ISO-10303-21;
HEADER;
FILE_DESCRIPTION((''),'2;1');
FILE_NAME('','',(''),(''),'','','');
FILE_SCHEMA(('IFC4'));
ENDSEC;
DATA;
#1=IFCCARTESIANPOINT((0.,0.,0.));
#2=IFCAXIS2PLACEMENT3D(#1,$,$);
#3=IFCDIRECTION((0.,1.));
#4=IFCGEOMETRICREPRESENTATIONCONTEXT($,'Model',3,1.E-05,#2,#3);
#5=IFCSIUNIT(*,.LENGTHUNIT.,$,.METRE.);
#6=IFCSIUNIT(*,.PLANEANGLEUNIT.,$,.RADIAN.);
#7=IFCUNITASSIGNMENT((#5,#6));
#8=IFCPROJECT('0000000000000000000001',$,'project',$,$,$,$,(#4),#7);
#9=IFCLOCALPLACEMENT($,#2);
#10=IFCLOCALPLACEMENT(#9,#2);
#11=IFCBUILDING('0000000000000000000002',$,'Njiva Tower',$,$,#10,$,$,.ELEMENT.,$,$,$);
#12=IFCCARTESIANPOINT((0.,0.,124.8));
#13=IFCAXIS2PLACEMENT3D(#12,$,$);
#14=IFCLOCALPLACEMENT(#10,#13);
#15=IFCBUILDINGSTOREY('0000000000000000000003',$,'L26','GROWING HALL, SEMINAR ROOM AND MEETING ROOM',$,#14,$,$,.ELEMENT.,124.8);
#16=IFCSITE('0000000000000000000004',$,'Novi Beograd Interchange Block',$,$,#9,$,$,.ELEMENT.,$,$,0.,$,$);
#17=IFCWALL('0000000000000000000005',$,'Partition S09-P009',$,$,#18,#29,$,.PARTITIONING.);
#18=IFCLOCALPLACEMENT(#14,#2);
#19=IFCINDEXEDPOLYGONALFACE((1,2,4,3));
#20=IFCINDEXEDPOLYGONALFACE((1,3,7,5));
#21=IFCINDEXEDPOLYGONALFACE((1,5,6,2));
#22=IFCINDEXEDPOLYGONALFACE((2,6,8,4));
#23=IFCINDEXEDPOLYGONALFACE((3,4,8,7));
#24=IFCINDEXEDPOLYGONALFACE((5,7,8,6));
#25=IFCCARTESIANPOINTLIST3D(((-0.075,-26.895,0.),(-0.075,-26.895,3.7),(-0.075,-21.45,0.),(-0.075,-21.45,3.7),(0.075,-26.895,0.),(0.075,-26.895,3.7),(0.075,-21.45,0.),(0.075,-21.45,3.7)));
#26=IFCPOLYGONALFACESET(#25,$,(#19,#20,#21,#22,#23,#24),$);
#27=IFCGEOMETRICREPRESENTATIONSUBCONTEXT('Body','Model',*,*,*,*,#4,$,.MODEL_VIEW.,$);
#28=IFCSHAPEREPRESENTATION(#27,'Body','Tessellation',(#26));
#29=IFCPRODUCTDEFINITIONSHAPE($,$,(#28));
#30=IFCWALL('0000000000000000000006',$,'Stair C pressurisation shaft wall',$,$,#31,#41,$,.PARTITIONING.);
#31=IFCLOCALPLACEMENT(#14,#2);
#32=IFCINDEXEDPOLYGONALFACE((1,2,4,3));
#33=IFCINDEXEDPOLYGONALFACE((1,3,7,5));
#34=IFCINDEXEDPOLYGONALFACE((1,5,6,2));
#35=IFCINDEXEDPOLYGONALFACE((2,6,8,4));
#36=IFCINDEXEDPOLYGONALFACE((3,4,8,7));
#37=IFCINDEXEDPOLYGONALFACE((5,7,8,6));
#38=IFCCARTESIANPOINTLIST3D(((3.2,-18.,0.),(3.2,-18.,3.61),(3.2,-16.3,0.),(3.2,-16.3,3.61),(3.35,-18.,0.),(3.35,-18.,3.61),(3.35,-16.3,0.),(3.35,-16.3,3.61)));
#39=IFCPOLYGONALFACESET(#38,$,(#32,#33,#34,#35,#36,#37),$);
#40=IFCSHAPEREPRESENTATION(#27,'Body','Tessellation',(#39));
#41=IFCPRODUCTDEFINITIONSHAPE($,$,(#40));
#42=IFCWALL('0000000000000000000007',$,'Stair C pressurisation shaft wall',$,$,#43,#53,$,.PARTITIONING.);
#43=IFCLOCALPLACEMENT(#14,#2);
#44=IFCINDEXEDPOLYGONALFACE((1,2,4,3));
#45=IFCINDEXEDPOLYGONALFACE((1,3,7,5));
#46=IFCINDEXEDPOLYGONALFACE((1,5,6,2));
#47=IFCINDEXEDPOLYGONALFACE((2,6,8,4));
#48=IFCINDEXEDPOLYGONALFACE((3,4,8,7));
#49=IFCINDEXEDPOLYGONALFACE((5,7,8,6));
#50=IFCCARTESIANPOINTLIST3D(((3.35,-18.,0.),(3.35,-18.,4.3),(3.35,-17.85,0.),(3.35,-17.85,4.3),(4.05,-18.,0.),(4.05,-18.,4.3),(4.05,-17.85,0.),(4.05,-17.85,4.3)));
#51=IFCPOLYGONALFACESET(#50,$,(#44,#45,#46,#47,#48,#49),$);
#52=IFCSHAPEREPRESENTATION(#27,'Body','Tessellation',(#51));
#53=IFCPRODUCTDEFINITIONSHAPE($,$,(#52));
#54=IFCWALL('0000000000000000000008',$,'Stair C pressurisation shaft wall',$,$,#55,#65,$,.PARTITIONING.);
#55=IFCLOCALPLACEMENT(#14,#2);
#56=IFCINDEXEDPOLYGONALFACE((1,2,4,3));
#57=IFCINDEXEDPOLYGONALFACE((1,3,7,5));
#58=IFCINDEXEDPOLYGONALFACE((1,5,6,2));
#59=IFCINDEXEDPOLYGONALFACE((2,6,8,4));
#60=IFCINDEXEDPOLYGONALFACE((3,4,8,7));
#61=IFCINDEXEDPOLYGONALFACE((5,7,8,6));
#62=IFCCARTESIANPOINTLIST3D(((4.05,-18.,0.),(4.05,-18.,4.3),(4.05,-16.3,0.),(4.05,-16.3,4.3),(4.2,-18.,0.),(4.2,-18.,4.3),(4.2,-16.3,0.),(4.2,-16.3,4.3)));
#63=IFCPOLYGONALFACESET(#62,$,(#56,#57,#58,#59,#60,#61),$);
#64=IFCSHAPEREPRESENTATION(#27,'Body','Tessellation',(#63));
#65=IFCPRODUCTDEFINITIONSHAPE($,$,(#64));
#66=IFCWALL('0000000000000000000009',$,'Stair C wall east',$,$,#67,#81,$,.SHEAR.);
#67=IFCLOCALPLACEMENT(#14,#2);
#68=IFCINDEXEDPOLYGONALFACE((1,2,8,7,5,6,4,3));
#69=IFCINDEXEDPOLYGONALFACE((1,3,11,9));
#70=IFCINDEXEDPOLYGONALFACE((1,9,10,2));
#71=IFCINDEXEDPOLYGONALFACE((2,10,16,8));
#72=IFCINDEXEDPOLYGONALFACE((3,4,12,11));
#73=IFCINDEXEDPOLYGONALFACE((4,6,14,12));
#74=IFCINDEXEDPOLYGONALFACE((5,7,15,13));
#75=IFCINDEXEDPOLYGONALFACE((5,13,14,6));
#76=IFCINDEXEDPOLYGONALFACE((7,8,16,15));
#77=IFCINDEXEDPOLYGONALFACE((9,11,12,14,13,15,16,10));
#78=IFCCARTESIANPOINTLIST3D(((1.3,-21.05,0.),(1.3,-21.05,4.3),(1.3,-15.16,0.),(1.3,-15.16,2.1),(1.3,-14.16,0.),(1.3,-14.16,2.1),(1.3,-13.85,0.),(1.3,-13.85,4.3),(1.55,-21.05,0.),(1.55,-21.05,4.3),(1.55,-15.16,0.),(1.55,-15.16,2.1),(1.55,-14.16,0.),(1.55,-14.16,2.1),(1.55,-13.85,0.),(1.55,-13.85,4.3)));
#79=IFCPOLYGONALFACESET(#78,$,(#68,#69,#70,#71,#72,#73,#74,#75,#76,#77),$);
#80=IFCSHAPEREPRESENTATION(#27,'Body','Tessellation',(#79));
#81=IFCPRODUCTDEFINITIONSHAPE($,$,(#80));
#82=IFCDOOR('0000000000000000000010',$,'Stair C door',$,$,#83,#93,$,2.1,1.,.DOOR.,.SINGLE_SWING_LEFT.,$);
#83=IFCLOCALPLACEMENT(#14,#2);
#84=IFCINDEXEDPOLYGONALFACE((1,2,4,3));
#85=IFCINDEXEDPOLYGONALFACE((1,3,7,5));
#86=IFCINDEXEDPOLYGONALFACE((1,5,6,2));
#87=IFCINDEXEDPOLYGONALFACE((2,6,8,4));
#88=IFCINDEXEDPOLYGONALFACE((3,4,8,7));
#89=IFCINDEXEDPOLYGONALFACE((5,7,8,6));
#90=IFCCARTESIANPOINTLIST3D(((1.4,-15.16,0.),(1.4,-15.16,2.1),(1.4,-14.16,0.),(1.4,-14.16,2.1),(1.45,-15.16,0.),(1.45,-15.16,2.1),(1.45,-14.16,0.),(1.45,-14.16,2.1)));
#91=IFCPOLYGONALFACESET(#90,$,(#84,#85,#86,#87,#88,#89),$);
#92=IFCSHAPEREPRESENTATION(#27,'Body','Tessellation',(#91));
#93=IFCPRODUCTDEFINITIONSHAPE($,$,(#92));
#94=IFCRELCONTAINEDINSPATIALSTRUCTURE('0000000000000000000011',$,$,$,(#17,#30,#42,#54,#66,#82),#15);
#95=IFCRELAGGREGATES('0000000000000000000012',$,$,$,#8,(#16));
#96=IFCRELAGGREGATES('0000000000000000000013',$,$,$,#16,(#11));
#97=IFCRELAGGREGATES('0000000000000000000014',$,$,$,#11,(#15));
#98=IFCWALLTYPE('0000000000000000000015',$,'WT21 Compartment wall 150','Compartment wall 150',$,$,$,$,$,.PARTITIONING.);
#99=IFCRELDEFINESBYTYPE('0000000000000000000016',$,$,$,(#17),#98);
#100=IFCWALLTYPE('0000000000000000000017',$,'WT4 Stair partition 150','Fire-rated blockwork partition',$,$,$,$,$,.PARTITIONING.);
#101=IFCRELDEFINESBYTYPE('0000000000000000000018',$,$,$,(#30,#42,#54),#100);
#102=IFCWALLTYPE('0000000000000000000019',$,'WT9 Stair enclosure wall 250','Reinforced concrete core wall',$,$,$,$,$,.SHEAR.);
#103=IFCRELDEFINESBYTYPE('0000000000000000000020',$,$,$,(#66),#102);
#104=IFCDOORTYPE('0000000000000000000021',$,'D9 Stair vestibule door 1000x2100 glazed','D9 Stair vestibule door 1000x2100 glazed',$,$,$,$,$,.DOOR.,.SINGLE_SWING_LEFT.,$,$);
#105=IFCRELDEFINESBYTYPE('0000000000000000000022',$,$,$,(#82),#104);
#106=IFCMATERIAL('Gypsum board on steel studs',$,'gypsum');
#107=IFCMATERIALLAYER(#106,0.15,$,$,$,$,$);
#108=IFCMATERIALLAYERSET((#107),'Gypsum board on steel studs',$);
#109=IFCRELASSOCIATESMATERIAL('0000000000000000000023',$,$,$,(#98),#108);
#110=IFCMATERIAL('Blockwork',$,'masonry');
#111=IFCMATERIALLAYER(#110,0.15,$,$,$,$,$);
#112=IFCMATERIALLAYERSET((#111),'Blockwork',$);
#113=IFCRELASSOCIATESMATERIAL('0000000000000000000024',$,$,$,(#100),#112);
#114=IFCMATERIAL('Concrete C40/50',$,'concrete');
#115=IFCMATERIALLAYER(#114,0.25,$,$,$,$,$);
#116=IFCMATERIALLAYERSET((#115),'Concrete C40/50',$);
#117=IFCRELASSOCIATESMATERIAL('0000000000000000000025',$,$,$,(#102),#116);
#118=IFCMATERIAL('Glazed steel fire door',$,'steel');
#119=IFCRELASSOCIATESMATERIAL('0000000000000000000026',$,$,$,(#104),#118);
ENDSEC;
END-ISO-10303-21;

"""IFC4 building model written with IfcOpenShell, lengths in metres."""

from ifc_helpers import new_model, si_unit, direction, frame, frame_2d, origin, place, context, subcontext, project, spatial, rectangle, extrude, material, layer, layer_set, type_object, element, fill, save


model = new_model("IFC4")

# Units and contexts
model_context = context("Model", 3, precision=1e-05, world=origin(), true_north=direction((0.0, 1.0)))
body_context = subcontext(model_context, "Body", "Model", "MODEL_VIEW")
ifc_project = project(units=[si_unit("LENGTHUNIT", "METRE"), si_unit("PLANEANGLEUNIT", "RADIAN")], contexts=[model_context])

# Site, building, storey
site_placement = place(None, origin())
site = spatial("IfcSite", under=ifc_project, at=site_placement, Name="Novi Beograd Interchange Block", CompositionType="ELEMENT", RefElevation=0.0)
building_placement = place(site_placement, origin())
building = spatial("IfcBuilding", under=site, at=building_placement, Name="Njiva Tower", CompositionType="ELEMENT")
storey_placement = place(building_placement, frame((0.0, 0.0, 124.8)))
storey = spatial("IfcBuildingStorey", under=building, at=storey_placement, Name="L26", Description="GROWING HALL, SEMINAR ROOM AND MEETING ROOM", CompositionType="ELEMENT", Elevation=124.8)

# Walls
ifc_material_1 = material(Name="Gypsum board on steel studs", Category="gypsum")
ifc_layer_1 = layer(ifc_material_1, 0.15)
ifc_layer_set_1 = layer_set([ifc_layer_1], Name="Gypsum board on steel studs")
wall_type_1 = type_object("IfcWallType", Name="WT21 Compartment wall 150", Description="Compartment wall 150", PredefinedType="PARTITIONING", material=ifc_layer_set_1)
wall_1_placement = place(storey_placement, frame((0.0, -26.895, 0.0), z_axis=(0.0, 0.0, 1.0), x_axis=(0.0, 1.0, 0.0)))
element("IfcWall", 1, at=wall_1_placement, inside=storey, type_object=wall_type_1, Name="Partition S09-P009", PredefinedType="PARTITIONING", context=body_context, shape_type="SweptSolid", body=[
    extrude(rectangle(XDim=5.445, YDim=0.15, at=frame_2d((2.7225, 0.0))), origin(), (0.0, 0.0, 1.0), 3.7),
])
ifc_material_2 = material(Name="Blockwork", Category="masonry")
ifc_layer_2 = layer(ifc_material_2, 0.15)
ifc_layer_set_2 = layer_set([ifc_layer_2], Name="Blockwork")
wall_type_2 = type_object("IfcWallType", Name="WT4 Stair partition 150", Description="Fire-rated blockwork partition", PredefinedType="PARTITIONING", material=ifc_layer_set_2)
wall_2_placement = place(storey_placement, frame((3.275, -18.0, 0.0), z_axis=(0.0, 0.0, 1.0), x_axis=(0.0, 1.0, 0.0)))
element("IfcWall", 2, at=wall_2_placement, inside=storey, type_object=wall_type_2, Name="Stair C pressurisation shaft wall", PredefinedType="PARTITIONING", context=body_context, shape_type="SweptSolid", body=[
    extrude(rectangle(XDim=1.7, YDim=0.15, at=frame_2d((0.85, 0.0))), origin(), (0.0, 0.0, 1.0), 3.61),
])
wall_3_placement = place(storey_placement, frame((3.35, -17.925, 0.0), z_axis=(0.0, 0.0, 1.0), x_axis=(1.0, 0.0, 0.0)))
element("IfcWall", 3, at=wall_3_placement, inside=storey, type_object=wall_type_2, Name="Stair C pressurisation shaft wall", PredefinedType="PARTITIONING", context=body_context, shape_type="SweptSolid", body=[
    extrude(rectangle(XDim=0.7, YDim=0.15, at=frame_2d((0.35, 0.0))), origin(), (0.0, 0.0, 1.0), 4.3),
])
wall_4_placement = place(storey_placement, frame((4.125, -18.0, 0.0), z_axis=(0.0, 0.0, 1.0), x_axis=(0.0, 1.0, 0.0)))
element("IfcWall", 4, at=wall_4_placement, inside=storey, type_object=wall_type_2, Name="Stair C pressurisation shaft wall", PredefinedType="PARTITIONING", context=body_context, shape_type="SweptSolid", body=[
    extrude(rectangle(XDim=1.7, YDim=0.15, at=frame_2d((0.85, 0.0))), origin(), (0.0, 0.0, 1.0), 4.3),
])

# Wall, opening, door
ifc_material_3 = material(Name="Concrete C40/50", Category="concrete")
ifc_layer_3 = layer(ifc_material_3, 0.25)
ifc_layer_set_3 = layer_set([ifc_layer_3], Name="Concrete C40/50")
wall_type_3 = type_object("IfcWallType", Name="WT9 Stair enclosure wall 250", Description="Reinforced concrete core wall", PredefinedType="SHEAR", material=ifc_layer_set_3)
wall_5_placement = place(storey_placement, frame((1.425, -21.05, 0.0), z_axis=(0.0, 0.0, 1.0), x_axis=(0.0, 1.0, 0.0)))
wall_5 = element("IfcWall", 5, at=wall_5_placement, inside=storey, type_object=wall_type_3, Name="Stair C wall east", PredefinedType="SHEAR", context=body_context, shape_type="SweptSolid", body=[
    extrude(rectangle(XDim=7.2, YDim=0.25, at=frame_2d((3.6, 0.0))), origin(), (0.0, 0.0, 1.0), 4.3),
])
opening_1_placement = place(wall_5_placement, frame((5.89, 0.0, 0.0)))
opening_1 = element("IfcOpeningElement", 6, at=opening_1_placement, cuts=wall_5, PredefinedType="OPENING", context=body_context, shape_type="SweptSolid", body=[
    extrude(rectangle(XDim=1.0, YDim=2.1, at=frame_2d((0.5, 1.05))), frame((0.0, 0.135, 0.0), z_axis=(0.0, -1.0, 0.0), x_axis=(1.0, 0.0, 0.0)), (0.0, 0.0, 1.0), 0.27),
])
ifc_material_4 = material(Name="Glazed steel fire door", Category="steel")
door_type = type_object("IfcDoorType", Name="D9 Stair vestibule door 1000x2100 glazed", Description="D9 Stair vestibule door 1000x2100 glazed", OperationType="SINGLE_SWING_LEFT", PredefinedType="DOOR", material=ifc_material_4)
door_placement = place(opening_1_placement, origin())
door = element("IfcDoor", 7, at=door_placement, inside=storey, type_object=door_type, Name="Stair C door", OperationType="SINGLE_SWING_LEFT", OverallHeight=2.1, OverallWidth=1.0, PredefinedType="DOOR", context=body_context, shape_type="SweptSolid", body=[
    extrude(rectangle(XDim=1.0, YDim=2.1, at=frame_2d((0.5, 1.05))), frame((0.0, 0.025, 0.0), z_axis=(0.0, -1.0, 0.0), x_axis=(1.0, 0.0, 0.0)), (0.0, 0.0, 1.0), 0.05),
])
fill(opening_1, door)

save(model, "model.ifc")
